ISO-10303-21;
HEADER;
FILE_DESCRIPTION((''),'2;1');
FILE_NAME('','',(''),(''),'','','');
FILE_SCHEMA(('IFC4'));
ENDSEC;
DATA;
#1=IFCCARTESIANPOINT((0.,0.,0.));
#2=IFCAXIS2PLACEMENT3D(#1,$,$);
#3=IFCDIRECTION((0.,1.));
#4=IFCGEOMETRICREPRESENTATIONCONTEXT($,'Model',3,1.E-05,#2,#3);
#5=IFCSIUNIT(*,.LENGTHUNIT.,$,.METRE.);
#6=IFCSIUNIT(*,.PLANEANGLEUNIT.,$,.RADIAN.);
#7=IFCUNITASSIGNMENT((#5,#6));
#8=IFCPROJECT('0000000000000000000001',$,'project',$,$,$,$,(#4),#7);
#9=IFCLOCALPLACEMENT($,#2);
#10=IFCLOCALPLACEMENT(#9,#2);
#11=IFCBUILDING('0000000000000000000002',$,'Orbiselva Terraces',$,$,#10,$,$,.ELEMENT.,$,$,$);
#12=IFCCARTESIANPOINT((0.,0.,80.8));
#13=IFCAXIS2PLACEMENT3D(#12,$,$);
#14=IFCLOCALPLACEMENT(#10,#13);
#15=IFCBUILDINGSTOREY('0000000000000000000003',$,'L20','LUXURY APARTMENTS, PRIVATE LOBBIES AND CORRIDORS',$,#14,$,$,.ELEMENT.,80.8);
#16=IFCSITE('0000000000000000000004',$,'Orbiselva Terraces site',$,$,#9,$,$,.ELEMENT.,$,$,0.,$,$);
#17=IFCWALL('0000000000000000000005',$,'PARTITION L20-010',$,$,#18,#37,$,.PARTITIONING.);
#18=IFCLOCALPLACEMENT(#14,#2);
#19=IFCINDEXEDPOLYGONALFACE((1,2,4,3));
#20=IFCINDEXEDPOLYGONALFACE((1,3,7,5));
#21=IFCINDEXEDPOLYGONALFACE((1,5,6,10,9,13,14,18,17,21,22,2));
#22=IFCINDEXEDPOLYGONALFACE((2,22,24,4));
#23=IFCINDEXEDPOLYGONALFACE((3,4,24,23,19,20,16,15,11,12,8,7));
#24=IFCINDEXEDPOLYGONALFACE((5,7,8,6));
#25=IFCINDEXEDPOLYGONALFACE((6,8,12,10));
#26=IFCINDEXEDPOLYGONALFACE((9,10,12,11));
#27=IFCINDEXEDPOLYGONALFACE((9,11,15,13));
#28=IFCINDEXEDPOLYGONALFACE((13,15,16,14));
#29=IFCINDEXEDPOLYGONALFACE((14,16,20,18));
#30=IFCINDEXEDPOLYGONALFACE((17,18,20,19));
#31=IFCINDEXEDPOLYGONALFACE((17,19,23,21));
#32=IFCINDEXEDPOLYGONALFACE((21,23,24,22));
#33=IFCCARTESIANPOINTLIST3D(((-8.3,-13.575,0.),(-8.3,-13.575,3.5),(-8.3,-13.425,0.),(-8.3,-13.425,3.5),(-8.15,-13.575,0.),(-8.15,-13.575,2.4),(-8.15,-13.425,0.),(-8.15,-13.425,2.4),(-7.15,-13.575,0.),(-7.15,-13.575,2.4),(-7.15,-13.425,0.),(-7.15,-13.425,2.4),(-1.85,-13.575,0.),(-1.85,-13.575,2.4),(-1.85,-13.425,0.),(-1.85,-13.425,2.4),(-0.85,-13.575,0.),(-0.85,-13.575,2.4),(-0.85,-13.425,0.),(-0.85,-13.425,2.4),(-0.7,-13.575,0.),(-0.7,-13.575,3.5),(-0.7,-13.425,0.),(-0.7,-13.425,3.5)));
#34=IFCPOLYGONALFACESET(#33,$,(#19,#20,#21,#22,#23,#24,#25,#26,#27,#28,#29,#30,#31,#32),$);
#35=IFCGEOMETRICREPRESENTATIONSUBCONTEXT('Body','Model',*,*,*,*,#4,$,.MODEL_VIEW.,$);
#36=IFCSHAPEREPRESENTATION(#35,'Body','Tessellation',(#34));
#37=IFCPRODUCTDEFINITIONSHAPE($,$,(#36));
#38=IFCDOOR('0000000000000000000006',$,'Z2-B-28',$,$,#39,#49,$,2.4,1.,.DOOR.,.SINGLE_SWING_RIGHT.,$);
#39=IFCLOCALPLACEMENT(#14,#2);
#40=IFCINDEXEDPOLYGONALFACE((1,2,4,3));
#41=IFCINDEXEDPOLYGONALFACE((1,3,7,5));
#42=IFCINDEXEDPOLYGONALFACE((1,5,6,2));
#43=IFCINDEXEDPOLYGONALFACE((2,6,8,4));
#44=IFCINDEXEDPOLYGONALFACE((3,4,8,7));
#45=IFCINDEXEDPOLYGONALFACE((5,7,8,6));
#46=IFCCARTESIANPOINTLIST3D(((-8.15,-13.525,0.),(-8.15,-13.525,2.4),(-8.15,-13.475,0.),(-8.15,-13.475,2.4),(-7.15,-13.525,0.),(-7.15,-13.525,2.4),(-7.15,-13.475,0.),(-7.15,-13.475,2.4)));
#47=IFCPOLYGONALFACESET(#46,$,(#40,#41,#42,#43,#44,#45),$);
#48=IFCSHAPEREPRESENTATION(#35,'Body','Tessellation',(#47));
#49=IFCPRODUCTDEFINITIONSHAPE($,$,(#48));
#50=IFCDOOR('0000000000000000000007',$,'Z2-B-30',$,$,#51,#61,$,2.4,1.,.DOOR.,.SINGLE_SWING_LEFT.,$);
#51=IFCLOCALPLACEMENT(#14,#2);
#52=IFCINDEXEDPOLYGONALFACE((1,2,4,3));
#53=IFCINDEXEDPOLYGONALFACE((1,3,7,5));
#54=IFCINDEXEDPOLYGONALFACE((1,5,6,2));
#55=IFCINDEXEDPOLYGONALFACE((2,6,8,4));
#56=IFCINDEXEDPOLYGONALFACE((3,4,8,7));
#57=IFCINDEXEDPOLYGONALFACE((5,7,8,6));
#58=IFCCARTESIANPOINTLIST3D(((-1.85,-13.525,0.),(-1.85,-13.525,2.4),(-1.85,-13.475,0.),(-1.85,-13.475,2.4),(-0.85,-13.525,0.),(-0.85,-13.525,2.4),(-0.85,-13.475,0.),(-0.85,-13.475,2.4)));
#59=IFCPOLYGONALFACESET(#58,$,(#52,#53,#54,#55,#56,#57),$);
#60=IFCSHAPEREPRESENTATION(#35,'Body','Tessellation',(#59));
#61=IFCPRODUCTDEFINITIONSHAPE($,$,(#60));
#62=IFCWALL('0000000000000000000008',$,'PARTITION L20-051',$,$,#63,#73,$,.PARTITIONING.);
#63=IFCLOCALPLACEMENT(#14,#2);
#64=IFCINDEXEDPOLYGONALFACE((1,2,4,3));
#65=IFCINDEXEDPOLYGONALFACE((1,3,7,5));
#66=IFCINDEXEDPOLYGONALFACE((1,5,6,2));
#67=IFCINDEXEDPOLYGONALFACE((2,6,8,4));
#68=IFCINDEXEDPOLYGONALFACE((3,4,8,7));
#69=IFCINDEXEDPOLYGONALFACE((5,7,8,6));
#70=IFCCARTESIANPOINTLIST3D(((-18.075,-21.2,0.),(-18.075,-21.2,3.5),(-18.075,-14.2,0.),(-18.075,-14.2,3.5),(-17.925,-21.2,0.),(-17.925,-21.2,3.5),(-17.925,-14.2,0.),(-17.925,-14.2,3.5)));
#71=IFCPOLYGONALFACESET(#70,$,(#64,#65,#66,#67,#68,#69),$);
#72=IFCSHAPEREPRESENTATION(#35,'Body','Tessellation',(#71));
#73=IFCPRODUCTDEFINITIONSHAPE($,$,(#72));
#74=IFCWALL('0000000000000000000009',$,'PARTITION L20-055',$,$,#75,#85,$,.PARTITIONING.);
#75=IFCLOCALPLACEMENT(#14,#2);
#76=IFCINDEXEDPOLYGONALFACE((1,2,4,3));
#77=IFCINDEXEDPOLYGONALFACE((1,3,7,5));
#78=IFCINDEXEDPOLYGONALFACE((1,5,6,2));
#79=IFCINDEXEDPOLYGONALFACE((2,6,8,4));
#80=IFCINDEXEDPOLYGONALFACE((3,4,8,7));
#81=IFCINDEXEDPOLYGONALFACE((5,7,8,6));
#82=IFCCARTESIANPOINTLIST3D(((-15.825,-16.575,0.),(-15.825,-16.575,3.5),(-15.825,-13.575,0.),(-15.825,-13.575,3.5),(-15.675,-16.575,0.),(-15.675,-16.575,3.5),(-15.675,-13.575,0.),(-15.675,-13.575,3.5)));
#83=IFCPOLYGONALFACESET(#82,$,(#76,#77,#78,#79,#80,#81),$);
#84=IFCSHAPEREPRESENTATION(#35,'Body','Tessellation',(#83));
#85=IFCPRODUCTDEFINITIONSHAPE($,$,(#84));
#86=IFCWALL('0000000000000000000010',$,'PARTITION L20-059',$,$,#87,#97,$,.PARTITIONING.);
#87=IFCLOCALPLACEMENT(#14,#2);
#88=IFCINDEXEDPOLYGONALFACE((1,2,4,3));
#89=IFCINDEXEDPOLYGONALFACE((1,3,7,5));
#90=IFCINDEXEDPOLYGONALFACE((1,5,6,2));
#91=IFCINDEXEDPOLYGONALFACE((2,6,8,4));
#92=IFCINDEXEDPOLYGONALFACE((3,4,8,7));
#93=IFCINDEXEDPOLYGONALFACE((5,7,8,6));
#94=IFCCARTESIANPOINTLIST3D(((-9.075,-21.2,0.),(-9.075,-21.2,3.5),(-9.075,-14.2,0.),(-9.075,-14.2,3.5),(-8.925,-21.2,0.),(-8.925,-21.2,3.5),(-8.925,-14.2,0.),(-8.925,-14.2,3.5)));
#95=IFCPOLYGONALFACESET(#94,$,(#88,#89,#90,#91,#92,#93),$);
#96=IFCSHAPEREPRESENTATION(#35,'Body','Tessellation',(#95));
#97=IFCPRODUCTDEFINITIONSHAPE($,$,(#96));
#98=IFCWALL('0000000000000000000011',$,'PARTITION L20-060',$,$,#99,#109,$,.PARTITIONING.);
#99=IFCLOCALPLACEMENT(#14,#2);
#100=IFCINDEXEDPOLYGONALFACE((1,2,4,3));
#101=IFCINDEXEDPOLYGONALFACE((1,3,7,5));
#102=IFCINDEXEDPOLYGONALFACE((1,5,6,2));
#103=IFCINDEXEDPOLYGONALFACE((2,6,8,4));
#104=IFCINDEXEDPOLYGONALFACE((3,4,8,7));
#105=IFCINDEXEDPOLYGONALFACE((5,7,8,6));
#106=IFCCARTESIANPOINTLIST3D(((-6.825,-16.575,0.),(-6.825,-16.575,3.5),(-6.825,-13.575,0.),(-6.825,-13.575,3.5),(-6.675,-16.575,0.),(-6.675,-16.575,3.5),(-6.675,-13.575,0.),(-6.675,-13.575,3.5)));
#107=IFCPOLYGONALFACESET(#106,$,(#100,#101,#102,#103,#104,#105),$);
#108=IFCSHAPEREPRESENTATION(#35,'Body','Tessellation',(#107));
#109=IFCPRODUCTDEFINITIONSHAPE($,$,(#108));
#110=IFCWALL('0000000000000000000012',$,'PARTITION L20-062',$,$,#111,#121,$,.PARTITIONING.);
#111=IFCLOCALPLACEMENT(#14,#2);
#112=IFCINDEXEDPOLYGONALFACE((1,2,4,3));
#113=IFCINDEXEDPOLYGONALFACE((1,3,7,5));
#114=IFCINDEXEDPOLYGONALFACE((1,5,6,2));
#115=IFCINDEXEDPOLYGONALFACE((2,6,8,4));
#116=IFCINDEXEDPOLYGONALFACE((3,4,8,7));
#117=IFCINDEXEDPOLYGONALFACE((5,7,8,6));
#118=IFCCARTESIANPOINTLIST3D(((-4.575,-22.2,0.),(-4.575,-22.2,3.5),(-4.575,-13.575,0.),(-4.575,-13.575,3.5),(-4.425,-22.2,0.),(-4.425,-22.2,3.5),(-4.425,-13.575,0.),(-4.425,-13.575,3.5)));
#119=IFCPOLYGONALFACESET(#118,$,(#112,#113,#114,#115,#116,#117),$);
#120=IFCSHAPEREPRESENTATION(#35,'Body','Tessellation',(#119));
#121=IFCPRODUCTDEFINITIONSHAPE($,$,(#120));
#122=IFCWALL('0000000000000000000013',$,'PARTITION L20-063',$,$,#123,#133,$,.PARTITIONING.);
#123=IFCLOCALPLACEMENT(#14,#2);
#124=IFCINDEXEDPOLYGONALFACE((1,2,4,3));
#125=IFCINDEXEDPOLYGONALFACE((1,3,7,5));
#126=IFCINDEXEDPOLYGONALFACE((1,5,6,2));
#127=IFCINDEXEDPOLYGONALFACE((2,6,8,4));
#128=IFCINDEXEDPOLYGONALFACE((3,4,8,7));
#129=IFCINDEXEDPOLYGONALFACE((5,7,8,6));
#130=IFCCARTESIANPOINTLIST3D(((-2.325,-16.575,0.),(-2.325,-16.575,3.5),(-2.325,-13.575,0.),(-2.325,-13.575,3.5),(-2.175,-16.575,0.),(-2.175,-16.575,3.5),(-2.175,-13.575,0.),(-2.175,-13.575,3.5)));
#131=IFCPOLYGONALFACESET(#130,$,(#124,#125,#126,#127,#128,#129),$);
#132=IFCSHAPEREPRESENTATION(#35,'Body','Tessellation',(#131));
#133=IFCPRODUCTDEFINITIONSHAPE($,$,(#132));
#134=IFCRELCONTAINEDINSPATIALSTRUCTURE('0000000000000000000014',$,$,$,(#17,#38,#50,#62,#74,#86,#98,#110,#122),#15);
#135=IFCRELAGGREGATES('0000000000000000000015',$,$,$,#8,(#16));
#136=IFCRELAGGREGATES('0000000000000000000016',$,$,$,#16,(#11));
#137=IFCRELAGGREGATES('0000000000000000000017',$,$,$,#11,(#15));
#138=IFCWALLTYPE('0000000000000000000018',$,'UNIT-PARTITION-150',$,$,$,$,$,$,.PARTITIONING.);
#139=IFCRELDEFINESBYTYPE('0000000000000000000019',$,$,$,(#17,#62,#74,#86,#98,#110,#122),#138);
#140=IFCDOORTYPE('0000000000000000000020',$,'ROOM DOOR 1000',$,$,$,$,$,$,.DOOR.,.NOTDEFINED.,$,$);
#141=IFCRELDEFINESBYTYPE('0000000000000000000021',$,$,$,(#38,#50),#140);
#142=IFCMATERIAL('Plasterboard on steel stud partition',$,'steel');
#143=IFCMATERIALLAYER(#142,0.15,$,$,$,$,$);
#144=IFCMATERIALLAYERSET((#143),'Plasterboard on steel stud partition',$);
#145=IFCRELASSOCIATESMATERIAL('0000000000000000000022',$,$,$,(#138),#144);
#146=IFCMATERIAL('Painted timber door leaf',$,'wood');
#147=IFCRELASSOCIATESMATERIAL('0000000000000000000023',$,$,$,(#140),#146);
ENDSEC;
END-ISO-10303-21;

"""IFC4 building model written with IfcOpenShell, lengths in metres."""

from ifc_helpers import new_model, si_unit, direction, frame, frame_2d, origin, place, context, subcontext, project, spatial, rectangle, extrude, material, layer, layer_set, type_object, element, fill, save


model = new_model("IFC4")

# Units and contexts
model_context = context("Model", 3, precision=1e-05, world=origin(), true_north=direction((0.0, 1.0)))
body_context = subcontext(model_context, "Body", "Model", "MODEL_VIEW")
ifc_project = project(units=[si_unit("LENGTHUNIT", "METRE"), si_unit("PLANEANGLEUNIT", "RADIAN")], contexts=[model_context])

# Site, building, storey
site_placement = place(None, origin())
site = spatial("IfcSite", under=ifc_project, at=site_placement, Name="Orbiselva Terraces site", CompositionType="ELEMENT", RefElevation=0.0)
building_placement = place(site_placement, origin())
building = spatial("IfcBuilding", under=site, at=building_placement, Name="Orbiselva Terraces", CompositionType="ELEMENT")
storey_placement = place(building_placement, frame((0.0, 0.0, 80.8)))
storey = spatial("IfcBuildingStorey", under=building, at=storey_placement, Name="L20", Description="LUXURY APARTMENTS, PRIVATE LOBBIES AND CORRIDORS", CompositionType="ELEMENT", Elevation=80.8)

# Shared definitions
ifc_material_1 = material(Name="Plasterboard on steel stud partition", Category="steel")
ifc_layer_1 = layer(ifc_material_1, 0.15)
ifc_layer_set_1 = layer_set([ifc_layer_1], Name="Plasterboard on steel stud partition")
wall_type_1 = type_object("IfcWallType", Name="UNIT-PARTITION-150", PredefinedType="PARTITIONING", material=ifc_layer_set_1)
ifc_material_2 = material(Name="Painted timber door leaf", Category="wood")

# Wall, openings, doors
wall_1_placement = place(storey_placement, frame((-0.7, -13.5, 0.0), z_axis=(0.0, 0.0, 1.0), x_axis=(-1.0, 0.0, 0.0)))
wall_1 = element("IfcWall", 1, at=wall_1_placement, inside=storey, type_object=wall_type_1, Name="PARTITION L20-010", PredefinedType="PARTITIONING", context=body_context, shape_type="SweptSolid", body=[
    extrude(rectangle(XDim=7.6, YDim=0.15, at=frame_2d((3.8, 0.0))), origin(), (0.0, 0.0, 1.0), 3.5),
])
opening_1_placement = place(wall_1_placement, frame((6.45, 0.0, 0.0)))
opening_1 = element("IfcOpeningElement", 2, at=opening_1_placement, cuts=wall_1, PredefinedType="OPENING", context=body_context, shape_type="SweptSolid", body=[
    extrude(rectangle(XDim=1.0, YDim=2.4, at=frame_2d((0.5, 1.2))), frame((0.0, 0.085, 0.0), z_axis=(0.0, -1.0, 0.0), x_axis=(1.0, 0.0, 0.0)), (0.0, 0.0, 1.0), 0.17),
])
opening_2_placement = place(wall_1_placement, frame((0.15, 0.0, 0.0)))
opening_2 = element("IfcOpeningElement", 3, at=opening_2_placement, cuts=wall_1, PredefinedType="OPENING", context=body_context, shape_type="SweptSolid", body=[
    extrude(rectangle(XDim=1.0, YDim=2.4, at=frame_2d((0.5, 1.2))), frame((0.0, 0.085, 0.0), z_axis=(0.0, -1.0, 0.0), x_axis=(1.0, 0.0, 0.0)), (0.0, 0.0, 1.0), 0.17),
])
door_type_1 = type_object("IfcDoorType", Name="ROOM DOOR 1000", OperationType="NOTDEFINED", PredefinedType="DOOR", material=ifc_material_2)
door_1_placement = place(opening_1_placement, origin())
door_1 = element("IfcDoor", 4, at=door_1_placement, inside=storey, type_object=door_type_1, Name="Z2-B-28", OperationType="SINGLE_SWING_RIGHT", OverallHeight=2.4, OverallWidth=1.0, PredefinedType="DOOR", context=body_context, shape_type="SweptSolid", body=[
    extrude(rectangle(XDim=1.0, YDim=2.4, at=frame_2d((0.5, 1.2))), frame((0.0, 0.025, 0.0), z_axis=(0.0, -1.0, 0.0), x_axis=(1.0, 0.0, 0.0)), (0.0, 0.0, 1.0), 0.05),
])
fill(opening_1, door_1)
door_2_placement = place(opening_2_placement, origin())
door_2 = element("IfcDoor", 5, at=door_2_placement, inside=storey, type_object=door_type_1, Name="Z2-B-30", OperationType="SINGLE_SWING_LEFT", OverallHeight=2.4, OverallWidth=1.0, PredefinedType="DOOR", context=body_context, shape_type="SweptSolid", body=[
    extrude(rectangle(XDim=1.0, YDim=2.4, at=frame_2d((0.5, 1.2))), frame((0.0, 0.025, 0.0), z_axis=(0.0, -1.0, 0.0), x_axis=(1.0, 0.0, 0.0)), (0.0, 0.0, 1.0), 0.05),
])
fill(opening_2, door_2)

# Walls
wall_2_placement = place(storey_placement, frame((-18.0, -21.2, 0.0), z_axis=(0.0, 0.0, 1.0), x_axis=(0.0, 1.0, 0.0)))
element("IfcWall", 6, at=wall_2_placement, inside=storey, type_object=wall_type_1, Name="PARTITION L20-051", PredefinedType="PARTITIONING", context=body_context, shape_type="SweptSolid", body=[
    extrude(rectangle(XDim=7.0, YDim=0.15, at=frame_2d((3.5, 0.0))), origin(), (0.0, 0.0, 1.0), 3.5),
])
wall_3_placement = place(storey_placement, frame((-15.75, -16.575, 0.0), z_axis=(0.0, 0.0, 1.0), x_axis=(0.0, 1.0, 0.0)))
element("IfcWall", 7, at=wall_3_placement, inside=storey, type_object=wall_type_1, Name="PARTITION L20-055", PredefinedType="PARTITIONING", context=body_context, shape_type="SweptSolid", body=[
    extrude(rectangle(XDim=3.0, YDim=0.15, at=frame_2d((1.5, 0.0))), origin(), (0.0, 0.0, 1.0), 3.5),
])
wall_4_placement = place(storey_placement, frame((-9.0, -21.2, 0.0), z_axis=(0.0, 0.0, 1.0), x_axis=(0.0, 1.0, 0.0)))
element("IfcWall", 8, at=wall_4_placement, inside=storey, type_object=wall_type_1, Name="PARTITION L20-059", PredefinedType="PARTITIONING", context=body_context, shape_type="SweptSolid", body=[
    extrude(rectangle(XDim=7.0, YDim=0.15, at=frame_2d((3.5, 0.0))), origin(), (0.0, 0.0, 1.0), 3.5),
])
wall_5_placement = place(storey_placement, frame((-6.75, -16.575, 0.0), z_axis=(0.0, 0.0, 1.0), x_axis=(0.0, 1.0, 0.0)))
element("IfcWall", 9, at=wall_5_placement, inside=storey, type_object=wall_type_1, Name="PARTITION L20-060", PredefinedType="PARTITIONING", context=body_context, shape_type="SweptSolid", body=[
    extrude(rectangle(XDim=3.0, YDim=0.15, at=frame_2d((1.5, 0.0))), origin(), (0.0, 0.0, 1.0), 3.5),
])
wall_6_placement = place(storey_placement, frame((-4.5, -22.2, 0.0), z_axis=(0.0, 0.0, 1.0), x_axis=(0.0, 1.0, 0.0)))
element("IfcWall", 10, at=wall_6_placement, inside=storey, type_object=wall_type_1, Name="PARTITION L20-062", PredefinedType="PARTITIONING", context=body_context, shape_type="SweptSolid", body=[
    extrude(rectangle(XDim=8.625, YDim=0.15, at=frame_2d((4.3125, 0.0))), origin(), (0.0, 0.0, 1.0), 3.5),
])
wall_7_placement = place(storey_placement, frame((-2.25, -16.575, 0.0), z_axis=(0.0, 0.0, 1.0), x_axis=(0.0, 1.0, 0.0)))
element("IfcWall", 11, at=wall_7_placement, inside=storey, type_object=wall_type_1, Name="PARTITION L20-063", PredefinedType="PARTITIONING", context=body_context, shape_type="SweptSolid", body=[
    extrude(rectangle(XDim=3.0, YDim=0.15, at=frame_2d((1.5, 0.0))), origin(), (0.0, 0.0, 1.0), 3.5),
])

save(model, "model.ifc")
